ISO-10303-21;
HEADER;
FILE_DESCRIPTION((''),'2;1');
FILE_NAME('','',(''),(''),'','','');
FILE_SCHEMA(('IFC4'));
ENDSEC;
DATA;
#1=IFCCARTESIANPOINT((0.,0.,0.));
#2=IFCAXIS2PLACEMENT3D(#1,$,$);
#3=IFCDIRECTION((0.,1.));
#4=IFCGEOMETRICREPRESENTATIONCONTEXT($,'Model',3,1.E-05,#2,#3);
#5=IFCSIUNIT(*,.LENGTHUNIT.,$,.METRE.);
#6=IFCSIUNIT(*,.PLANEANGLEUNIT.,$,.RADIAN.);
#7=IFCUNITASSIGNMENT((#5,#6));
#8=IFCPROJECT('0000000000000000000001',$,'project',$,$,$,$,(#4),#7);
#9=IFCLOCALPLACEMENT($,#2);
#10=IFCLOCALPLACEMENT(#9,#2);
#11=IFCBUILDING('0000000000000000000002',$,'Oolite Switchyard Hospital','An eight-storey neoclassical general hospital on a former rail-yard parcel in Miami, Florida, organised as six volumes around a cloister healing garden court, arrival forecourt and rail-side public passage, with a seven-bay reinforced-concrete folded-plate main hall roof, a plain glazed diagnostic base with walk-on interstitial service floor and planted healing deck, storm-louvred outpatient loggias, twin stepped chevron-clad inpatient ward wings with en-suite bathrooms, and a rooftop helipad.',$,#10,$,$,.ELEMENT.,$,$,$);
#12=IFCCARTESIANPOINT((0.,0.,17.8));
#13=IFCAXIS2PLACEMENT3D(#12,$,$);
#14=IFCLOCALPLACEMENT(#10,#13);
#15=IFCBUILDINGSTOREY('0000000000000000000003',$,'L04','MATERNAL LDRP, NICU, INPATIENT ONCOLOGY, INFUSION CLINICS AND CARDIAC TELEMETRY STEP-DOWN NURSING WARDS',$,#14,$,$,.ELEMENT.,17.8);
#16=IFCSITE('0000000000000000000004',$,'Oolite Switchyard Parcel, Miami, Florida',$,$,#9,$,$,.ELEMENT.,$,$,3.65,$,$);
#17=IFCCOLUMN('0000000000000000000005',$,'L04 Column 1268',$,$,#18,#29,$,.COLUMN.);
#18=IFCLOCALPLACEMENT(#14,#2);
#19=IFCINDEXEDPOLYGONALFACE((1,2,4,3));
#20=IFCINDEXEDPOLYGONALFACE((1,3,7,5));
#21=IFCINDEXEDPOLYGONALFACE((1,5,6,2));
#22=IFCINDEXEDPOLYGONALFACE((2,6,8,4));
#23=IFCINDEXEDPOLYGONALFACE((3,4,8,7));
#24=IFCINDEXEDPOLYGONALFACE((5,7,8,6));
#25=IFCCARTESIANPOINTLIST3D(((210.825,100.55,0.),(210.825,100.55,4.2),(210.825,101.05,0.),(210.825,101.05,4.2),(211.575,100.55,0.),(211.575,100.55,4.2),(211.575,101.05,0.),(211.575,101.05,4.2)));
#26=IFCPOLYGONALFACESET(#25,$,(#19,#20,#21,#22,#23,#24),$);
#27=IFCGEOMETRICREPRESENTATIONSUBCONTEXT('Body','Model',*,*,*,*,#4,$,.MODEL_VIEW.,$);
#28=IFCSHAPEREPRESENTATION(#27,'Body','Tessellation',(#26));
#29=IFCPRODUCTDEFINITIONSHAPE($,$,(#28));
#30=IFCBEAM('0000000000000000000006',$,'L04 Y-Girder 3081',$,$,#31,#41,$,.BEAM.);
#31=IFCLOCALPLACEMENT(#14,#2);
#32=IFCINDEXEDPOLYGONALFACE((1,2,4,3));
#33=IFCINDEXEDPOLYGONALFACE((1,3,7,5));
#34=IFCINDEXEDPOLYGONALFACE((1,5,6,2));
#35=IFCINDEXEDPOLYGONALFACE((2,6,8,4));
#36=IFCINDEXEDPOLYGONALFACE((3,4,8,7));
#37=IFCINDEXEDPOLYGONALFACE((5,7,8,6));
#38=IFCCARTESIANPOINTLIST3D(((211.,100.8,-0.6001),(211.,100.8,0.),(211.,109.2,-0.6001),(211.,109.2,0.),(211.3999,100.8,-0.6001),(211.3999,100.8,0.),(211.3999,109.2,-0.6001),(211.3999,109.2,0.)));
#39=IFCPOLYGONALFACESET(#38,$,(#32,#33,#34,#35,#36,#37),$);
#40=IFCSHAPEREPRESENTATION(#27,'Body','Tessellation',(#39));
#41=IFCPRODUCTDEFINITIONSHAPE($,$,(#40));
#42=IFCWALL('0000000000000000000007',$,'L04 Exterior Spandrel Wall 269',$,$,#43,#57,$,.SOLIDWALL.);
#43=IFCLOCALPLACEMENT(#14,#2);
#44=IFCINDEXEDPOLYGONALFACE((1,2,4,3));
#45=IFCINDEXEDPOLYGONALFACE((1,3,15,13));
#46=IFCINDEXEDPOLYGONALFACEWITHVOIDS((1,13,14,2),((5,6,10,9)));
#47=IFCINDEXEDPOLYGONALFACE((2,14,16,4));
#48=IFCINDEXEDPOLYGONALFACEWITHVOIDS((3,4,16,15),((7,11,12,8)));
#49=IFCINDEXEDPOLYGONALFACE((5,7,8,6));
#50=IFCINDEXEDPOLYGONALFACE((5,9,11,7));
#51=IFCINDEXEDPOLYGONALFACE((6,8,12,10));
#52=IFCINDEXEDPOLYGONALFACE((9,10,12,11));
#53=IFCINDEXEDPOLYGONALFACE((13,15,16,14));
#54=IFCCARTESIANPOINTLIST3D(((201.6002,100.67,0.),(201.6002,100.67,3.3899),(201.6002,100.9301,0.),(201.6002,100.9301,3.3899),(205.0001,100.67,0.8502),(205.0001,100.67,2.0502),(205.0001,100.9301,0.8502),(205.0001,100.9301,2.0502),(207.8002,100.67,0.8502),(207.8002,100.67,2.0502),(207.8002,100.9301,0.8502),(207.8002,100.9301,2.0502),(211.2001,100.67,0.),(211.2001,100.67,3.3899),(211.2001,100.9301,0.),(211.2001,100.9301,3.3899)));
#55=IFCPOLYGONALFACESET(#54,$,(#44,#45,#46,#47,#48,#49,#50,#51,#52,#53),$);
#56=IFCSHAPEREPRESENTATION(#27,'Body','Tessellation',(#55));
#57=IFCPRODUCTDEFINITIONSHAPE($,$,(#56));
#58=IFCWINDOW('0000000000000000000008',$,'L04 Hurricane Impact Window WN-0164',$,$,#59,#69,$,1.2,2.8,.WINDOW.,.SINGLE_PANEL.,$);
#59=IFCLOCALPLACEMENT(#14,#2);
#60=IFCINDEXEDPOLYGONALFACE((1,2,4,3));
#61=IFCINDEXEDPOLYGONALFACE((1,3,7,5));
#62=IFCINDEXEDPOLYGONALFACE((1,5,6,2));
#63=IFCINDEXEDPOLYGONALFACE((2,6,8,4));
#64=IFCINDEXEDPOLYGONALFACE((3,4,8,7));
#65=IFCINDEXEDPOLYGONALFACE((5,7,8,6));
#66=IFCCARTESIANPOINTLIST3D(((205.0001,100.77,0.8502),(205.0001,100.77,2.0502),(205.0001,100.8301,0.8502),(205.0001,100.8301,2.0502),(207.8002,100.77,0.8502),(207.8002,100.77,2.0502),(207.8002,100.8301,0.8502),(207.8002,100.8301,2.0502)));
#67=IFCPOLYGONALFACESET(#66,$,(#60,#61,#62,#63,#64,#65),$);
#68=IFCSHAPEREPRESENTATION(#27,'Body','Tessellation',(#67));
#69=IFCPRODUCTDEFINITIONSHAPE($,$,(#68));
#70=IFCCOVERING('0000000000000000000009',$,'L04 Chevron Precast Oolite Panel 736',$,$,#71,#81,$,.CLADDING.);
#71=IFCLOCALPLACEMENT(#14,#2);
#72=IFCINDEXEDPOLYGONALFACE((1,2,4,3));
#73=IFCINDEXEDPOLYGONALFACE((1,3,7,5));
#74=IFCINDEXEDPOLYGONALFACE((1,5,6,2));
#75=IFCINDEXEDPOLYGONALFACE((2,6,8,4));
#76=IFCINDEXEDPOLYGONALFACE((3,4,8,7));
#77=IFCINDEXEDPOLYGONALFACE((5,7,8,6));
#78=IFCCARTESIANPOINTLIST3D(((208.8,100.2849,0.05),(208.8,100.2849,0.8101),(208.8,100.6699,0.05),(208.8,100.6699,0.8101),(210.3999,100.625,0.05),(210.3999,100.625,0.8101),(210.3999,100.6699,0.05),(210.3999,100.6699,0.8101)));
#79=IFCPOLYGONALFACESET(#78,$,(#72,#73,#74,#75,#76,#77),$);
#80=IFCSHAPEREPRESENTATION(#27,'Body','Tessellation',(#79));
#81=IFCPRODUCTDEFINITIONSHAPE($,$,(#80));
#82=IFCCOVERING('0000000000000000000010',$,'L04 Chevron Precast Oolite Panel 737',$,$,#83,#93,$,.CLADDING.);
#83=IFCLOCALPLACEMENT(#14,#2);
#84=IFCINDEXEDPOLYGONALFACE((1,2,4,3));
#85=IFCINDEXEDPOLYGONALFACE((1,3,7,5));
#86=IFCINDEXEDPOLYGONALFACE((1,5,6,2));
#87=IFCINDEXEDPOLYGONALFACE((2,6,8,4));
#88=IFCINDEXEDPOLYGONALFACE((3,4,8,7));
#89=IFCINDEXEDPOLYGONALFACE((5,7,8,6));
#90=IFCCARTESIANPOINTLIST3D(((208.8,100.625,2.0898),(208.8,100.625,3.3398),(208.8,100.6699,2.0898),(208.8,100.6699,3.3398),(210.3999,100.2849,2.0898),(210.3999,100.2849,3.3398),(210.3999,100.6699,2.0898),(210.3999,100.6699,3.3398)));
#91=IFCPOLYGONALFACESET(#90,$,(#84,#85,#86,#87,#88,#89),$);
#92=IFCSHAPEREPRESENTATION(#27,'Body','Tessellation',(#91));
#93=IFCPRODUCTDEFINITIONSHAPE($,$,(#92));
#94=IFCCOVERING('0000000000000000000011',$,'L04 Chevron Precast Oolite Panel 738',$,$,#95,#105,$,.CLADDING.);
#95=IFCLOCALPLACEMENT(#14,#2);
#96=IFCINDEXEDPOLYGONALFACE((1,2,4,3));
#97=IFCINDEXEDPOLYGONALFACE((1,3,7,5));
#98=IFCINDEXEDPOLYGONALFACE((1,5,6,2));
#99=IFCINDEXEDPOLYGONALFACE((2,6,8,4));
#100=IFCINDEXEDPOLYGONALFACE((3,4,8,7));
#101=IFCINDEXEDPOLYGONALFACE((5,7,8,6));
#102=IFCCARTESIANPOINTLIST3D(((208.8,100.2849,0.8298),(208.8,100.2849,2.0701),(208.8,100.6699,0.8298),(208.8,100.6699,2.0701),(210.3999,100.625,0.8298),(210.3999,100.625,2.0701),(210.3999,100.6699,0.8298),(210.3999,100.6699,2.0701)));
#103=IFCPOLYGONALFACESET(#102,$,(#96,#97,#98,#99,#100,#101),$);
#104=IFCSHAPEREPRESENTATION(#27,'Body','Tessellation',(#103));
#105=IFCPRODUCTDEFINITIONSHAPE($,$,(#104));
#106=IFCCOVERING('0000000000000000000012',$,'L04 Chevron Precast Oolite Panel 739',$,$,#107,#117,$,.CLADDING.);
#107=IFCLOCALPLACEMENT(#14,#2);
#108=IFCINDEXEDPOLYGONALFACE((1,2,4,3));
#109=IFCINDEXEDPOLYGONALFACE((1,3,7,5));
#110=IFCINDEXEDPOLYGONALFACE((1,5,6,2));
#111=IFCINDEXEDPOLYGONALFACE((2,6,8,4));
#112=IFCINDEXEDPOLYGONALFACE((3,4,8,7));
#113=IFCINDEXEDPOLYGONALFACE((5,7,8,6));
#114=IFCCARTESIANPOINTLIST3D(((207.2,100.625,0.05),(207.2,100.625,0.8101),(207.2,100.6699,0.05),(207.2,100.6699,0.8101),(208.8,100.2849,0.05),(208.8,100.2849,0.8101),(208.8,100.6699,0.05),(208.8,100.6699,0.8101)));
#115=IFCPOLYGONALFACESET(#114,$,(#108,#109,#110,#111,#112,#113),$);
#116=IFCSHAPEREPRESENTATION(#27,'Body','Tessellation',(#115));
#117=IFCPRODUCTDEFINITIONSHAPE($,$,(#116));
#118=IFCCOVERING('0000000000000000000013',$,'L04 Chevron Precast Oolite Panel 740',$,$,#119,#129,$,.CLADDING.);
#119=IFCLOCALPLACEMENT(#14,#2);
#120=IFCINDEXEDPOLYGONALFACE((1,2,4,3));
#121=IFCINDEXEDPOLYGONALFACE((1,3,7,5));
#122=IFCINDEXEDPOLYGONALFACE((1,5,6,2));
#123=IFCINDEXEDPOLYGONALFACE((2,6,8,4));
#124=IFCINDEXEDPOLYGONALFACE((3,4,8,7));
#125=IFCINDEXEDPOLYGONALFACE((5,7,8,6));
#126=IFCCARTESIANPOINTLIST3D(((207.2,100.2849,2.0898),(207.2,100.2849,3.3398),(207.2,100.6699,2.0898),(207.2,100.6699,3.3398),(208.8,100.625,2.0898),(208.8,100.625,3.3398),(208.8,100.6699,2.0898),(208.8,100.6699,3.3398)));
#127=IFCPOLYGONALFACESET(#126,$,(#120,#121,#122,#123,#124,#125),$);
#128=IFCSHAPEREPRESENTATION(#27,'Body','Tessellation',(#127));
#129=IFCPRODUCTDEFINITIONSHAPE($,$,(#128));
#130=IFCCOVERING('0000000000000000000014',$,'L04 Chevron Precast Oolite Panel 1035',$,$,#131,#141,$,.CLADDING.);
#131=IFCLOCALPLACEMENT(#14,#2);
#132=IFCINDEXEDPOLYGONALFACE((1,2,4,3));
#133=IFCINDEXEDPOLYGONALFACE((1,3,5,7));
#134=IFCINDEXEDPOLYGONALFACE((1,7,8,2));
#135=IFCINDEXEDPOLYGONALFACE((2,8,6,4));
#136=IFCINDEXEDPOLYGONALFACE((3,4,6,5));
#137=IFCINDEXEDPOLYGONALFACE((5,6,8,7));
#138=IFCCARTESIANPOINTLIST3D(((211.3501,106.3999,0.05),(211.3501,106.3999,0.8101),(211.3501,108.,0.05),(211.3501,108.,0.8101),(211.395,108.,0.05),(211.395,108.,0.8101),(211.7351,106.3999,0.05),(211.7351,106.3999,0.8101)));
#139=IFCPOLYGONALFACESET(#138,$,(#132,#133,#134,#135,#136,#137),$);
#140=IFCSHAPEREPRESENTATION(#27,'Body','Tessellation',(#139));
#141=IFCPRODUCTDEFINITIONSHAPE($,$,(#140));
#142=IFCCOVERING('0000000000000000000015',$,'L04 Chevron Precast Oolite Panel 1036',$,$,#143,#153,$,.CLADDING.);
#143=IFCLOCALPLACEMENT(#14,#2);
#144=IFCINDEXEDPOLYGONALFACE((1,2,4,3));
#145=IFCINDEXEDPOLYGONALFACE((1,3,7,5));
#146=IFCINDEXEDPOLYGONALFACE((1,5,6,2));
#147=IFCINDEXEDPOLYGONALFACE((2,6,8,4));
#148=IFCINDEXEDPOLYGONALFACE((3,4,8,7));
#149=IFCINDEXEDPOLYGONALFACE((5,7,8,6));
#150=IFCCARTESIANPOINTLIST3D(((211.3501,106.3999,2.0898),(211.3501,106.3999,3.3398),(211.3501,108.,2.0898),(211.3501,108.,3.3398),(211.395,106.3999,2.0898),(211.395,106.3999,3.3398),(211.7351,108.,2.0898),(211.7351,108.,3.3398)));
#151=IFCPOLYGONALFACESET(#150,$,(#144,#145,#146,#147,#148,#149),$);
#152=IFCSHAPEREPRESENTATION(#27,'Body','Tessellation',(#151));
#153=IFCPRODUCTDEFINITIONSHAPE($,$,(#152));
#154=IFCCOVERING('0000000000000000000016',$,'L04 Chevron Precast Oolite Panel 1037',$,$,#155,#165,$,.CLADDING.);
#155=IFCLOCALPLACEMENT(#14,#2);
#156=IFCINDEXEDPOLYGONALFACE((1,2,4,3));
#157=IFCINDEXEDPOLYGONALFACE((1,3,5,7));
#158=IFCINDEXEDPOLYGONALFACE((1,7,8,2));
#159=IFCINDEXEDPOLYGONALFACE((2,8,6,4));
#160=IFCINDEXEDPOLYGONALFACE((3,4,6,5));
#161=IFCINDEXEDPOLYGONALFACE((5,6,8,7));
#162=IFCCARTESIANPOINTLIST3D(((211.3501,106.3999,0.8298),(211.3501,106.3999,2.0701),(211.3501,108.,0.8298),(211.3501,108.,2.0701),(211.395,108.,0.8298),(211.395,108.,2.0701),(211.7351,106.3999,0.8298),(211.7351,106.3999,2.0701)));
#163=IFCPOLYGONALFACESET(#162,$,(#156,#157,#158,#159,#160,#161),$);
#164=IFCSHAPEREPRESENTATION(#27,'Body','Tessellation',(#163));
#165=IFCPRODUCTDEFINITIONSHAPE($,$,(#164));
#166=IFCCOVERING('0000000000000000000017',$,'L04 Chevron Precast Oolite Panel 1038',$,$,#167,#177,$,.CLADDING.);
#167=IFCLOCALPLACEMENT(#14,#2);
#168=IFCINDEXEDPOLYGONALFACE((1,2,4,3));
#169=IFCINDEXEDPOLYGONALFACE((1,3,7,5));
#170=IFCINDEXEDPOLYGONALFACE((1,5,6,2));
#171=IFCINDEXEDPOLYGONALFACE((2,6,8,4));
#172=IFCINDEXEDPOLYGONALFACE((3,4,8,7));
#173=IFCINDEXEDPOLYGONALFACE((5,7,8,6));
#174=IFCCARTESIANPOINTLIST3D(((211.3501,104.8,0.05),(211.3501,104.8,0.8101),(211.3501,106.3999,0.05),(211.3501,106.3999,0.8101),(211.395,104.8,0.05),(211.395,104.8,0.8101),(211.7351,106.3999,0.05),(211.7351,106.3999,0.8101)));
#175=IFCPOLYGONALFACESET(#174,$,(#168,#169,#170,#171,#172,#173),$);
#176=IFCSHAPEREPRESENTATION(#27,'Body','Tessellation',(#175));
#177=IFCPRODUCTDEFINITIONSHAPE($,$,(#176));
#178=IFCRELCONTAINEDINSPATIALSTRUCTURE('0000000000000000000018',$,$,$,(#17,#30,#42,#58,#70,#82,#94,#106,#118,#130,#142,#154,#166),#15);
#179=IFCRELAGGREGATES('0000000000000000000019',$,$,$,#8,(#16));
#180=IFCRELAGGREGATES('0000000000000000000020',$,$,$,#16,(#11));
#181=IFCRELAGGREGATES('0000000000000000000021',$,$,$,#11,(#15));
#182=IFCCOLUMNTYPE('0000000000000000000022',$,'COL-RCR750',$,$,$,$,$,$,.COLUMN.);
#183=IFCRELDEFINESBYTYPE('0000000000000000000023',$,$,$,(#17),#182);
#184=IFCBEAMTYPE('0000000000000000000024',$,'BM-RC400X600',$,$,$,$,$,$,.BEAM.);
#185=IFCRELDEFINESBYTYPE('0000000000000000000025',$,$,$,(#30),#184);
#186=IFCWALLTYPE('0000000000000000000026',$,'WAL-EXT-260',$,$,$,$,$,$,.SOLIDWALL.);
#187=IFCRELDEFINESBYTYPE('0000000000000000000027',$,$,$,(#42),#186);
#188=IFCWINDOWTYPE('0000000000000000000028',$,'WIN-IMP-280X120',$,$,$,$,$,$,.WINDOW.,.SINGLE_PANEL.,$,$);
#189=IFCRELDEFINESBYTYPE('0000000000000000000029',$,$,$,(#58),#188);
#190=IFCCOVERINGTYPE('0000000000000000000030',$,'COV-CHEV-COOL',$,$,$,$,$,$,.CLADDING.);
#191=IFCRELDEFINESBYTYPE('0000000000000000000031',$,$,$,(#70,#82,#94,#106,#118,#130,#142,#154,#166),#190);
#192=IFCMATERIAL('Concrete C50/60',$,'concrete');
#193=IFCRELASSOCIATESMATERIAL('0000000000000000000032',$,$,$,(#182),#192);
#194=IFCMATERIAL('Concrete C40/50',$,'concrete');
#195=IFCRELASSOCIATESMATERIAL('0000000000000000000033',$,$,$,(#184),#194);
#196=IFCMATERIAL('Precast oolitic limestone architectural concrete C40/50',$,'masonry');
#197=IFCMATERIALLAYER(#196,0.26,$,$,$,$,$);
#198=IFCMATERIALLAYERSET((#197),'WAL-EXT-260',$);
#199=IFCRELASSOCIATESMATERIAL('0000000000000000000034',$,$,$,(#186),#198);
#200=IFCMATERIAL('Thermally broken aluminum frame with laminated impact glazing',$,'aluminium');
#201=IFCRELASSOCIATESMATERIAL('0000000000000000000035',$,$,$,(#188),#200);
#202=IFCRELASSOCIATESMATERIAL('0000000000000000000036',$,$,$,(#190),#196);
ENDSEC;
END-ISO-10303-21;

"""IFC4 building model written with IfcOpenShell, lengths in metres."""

from ifc_helpers import new_model, si_unit, direction, frame, frame_2d, origin, origin_2d, place, context, subcontext, project, spatial, polyline, rectangle, outline, extrude, material, layer, layer_set, material_profile, profile_set, type_object, element, fill, save


model = new_model("IFC4")

# Units and contexts
model_context = context("Model", 3, precision=1e-05, world=origin(), true_north=direction((0.0, 1.0)))
body_context = subcontext(model_context, "Body", "Model", "MODEL_VIEW")
ifc_project = project(units=[si_unit("LENGTHUNIT", "METRE"), si_unit("PLANEANGLEUNIT", "RADIAN")], contexts=[model_context])

# Site, building, storey
site_placement = place(None, origin())
site = spatial("IfcSite", under=ifc_project, at=site_placement, Name="Oolite Switchyard Parcel, Miami, Florida", CompositionType="ELEMENT", RefElevation=3.65)
building_placement = place(site_placement, origin())
building = spatial("IfcBuilding", under=site, at=building_placement, Name="Oolite Switchyard Hospital", Description="An eight-storey neoclassical general hospital on a former rail-yard parcel in Miami, Florida, organised as six volumes around a cloister healing garden court, arrival forecourt and rail-side public passage, with a seven-bay reinforced-concrete folded-plate main hall roof, a plain glazed diagnostic base with walk-on interstitial service floor and planted healing deck, storm-louvred outpatient loggias, twin stepped chevron-clad inpatient ward wings with en-suite bathrooms, and a rooftop helipad.", CompositionType="ELEMENT")
storey_placement = place(building_placement, frame((0.0, 0.0, 17.8)))
storey = spatial("IfcBuildingStorey", under=building, at=storey_placement, Name="L04", Description="MATERNAL LDRP, NICU, INPATIENT ONCOLOGY, INFUSION CLINICS AND CARDIAC TELEMETRY STEP-DOWN NURSING WARDS", CompositionType="ELEMENT", Elevation=17.8)

# Column
ifc_material_1 = material(Name="Concrete C50/60", Category="concrete")
ifc_material_profile_1 = material_profile(ifc_material_1, rectangle(XDim=0.75, YDim=0.5, at=origin_2d()), Name="RC750X500")
ifc_profile_set_1 = profile_set([ifc_material_profile_1], Name="Concrete C50/60")
column_type = type_object("IfcColumnType", Name="COL-RCR750", PredefinedType="COLUMN", material=ifc_profile_set_1)
column_placement = place(storey_placement, frame((211.2, 100.8, 0.0), z_axis=(0.0, 0.0, 1.0), x_axis=(1.0, 0.0, 0.0)))
element("IfcColumn", 1, at=column_placement, inside=storey, type_object=column_type, Name="L04 Column 1268", PredefinedType="COLUMN", context=body_context, shape_type="SweptSolid", body=[
    extrude(rectangle(XDim=0.75, YDim=0.5, at=origin_2d()), origin(), (0.0, 0.0, 1.0), 4.2),
])

# Beam
ifc_material_2 = material(Name="Concrete C40/50", Category="concrete")
ifc_material_profile_2 = material_profile(ifc_material_2, rectangle(XDim=0.3999, YDim=0.6001, at=origin_2d()), Name="RCB400X600")
ifc_profile_set_2 = profile_set([ifc_material_profile_2], Name="Concrete C40/50")
beam_type = type_object("IfcBeamType", Name="BM-RC400X600", PredefinedType="BEAM", material=ifc_profile_set_2)
beam_placement = place(storey_placement, frame((211.2, 100.8, -0.3), z_axis=(0.0, 1.0, 0.0), x_axis=(-1.0, 0.0, 0.0)))
element("IfcBeam", 2, at=beam_placement, inside=storey, type_object=beam_type, Name="L04 Y-Girder 3081", PredefinedType="BEAM", context=body_context, shape_type="SweptSolid", body=[
    extrude(rectangle(XDim=0.3999, YDim=0.6001, at=origin_2d()), origin(), (0.0, 0.0, 1.0), 8.3999),
])

# Wall, opening, window
ifc_material_3 = material(Name="Precast oolitic limestone architectural concrete C40/50", Category="masonry")
ifc_layer = layer(ifc_material_3, 0.26)
ifc_layer_set = layer_set([ifc_layer], Name="WAL-EXT-260")
wall_type = type_object("IfcWallType", Name="WAL-EXT-260", PredefinedType="SOLIDWALL", material=ifc_layer_set)
wall_placement = place(storey_placement, frame((211.2, 100.8, 0.0), z_axis=(0.0, 0.0, 1.0), x_axis=(-1.0, 0.0, 0.0)))
wall = element("IfcWall", 3, at=wall_placement, inside=storey, type_object=wall_type, Name="L04 Exterior Spandrel Wall 269", PredefinedType="SOLIDWALL", context=body_context, shape_type="SweptSolid", body=[
    extrude(rectangle(XDim=9.5999, YDim=0.26, at=frame_2d((4.7998, 0.0))), origin(), (0.0, 0.0, 1.0), 3.3899),
])
opening_placement = place(wall_placement, frame((3.3999, 0.0, 0.8501)))
opening = element("IfcOpeningElement", 4, at=opening_placement, cuts=wall, PredefinedType="OPENING", context=body_context, shape_type="SweptSolid", body=[
    extrude(rectangle(XDim=2.8, YDim=1.2, at=frame_2d((1.3999, 0.6001))), frame((0.0, 0.1401, 0.0), z_axis=(0.0, -1.0, 0.0), x_axis=(1.0, 0.0, 0.0)), (0.0, 0.0, 1.0), 0.28),
])
ifc_material_4 = material(Name="Thermally broken aluminum frame with laminated impact glazing", Category="aluminium")
window_type = type_object("IfcWindowType", Name="WIN-IMP-280X120", PartitioningType="SINGLE_PANEL", PredefinedType="WINDOW", material=ifc_material_4)
window_placement = place(opening_placement, origin())
window = element("IfcWindow", 5, at=window_placement, inside=storey, type_object=window_type, Name="L04 Hurricane Impact Window WN-0164", OverallHeight=1.2, OverallWidth=2.8, PartitioningType="SINGLE_PANEL", PredefinedType="WINDOW", context=body_context, shape_type="SweptSolid", body=[
    extrude(rectangle(XDim=2.8, YDim=1.2, at=frame_2d((1.3999, 0.6001))), frame((0.0, 0.03, 0.0), z_axis=(0.0, -1.0, 0.0), x_axis=(1.0, 0.0, 0.0)), (0.0, 0.0, 1.0), 0.0601),
])
fill(opening, window)

# Coverings
covering_type = type_object("IfcCoveringType", Name="COV-CHEV-COOL", PredefinedType="CLADDING", material=ifc_material_3)
covering_1_placement = place(storey_placement, frame((210.3999, 100.6699, 0.05), z_axis=(0.0, 0.0, 1.0), x_axis=(-1.0, 0.0, 0.0)))
element("IfcCovering", 6, at=covering_1_placement, inside=storey, type_object=covering_type, Name="L04 Chevron Precast Oolite Panel 736", PredefinedType="CLADDING", context=body_context, shape_type="SweptSolid", body=[
    extrude(outline(polyline([(0.0, 0.0), (1.5999, 0.0), (1.5999, 0.385), (0.0, 0.0449), (0.0, 0.0)])), origin(), (0.0, 0.0, 1.0), 0.76),
])
covering_2_placement = place(storey_placement, frame((210.3999, 100.6699, 2.0898), z_axis=(0.0, 0.0, 1.0), x_axis=(-1.0, 0.0, 0.0)))
element("IfcCovering", 7, at=covering_2_placement, inside=storey, type_object=covering_type, Name="L04 Chevron Precast Oolite Panel 737", PredefinedType="CLADDING", context=body_context, shape_type="SweptSolid", body=[
    extrude(outline(polyline([(0.0, 0.0), (1.5999, 0.0), (1.5999, 0.0449), (0.0, 0.385), (0.0, 0.0)])), origin(), (0.0, 0.0, 1.0), 1.25),
])
covering_3_placement = place(storey_placement, frame((210.3999, 100.6699, 0.8298), z_axis=(0.0, 0.0, 1.0), x_axis=(-1.0, 0.0, 0.0)))
element("IfcCovering", 8, at=covering_3_placement, inside=storey, type_object=covering_type, Name="L04 Chevron Precast Oolite Panel 738", PredefinedType="CLADDING", context=body_context, shape_type="SweptSolid", body=[
    extrude(outline(polyline([(0.0, 0.0), (1.5999, 0.0), (1.5999, 0.385), (0.0, 0.0449), (0.0, 0.0)])), origin(), (0.0, 0.0, 1.0), 1.2402),
])
covering_4_placement = place(storey_placement, frame((208.8, 100.6699, 0.05), z_axis=(0.0, 0.0, 1.0), x_axis=(-1.0, 0.0, 0.0)))
element("IfcCovering", 9, at=covering_4_placement, inside=storey, type_object=covering_type, Name="L04 Chevron Precast Oolite Panel 739", PredefinedType="CLADDING", context=body_context, shape_type="SweptSolid", body=[
    extrude(outline(polyline([(0.0, 0.0), (1.6001, 0.0), (1.6001, 0.0449), (0.0, 0.385), (0.0, 0.0)])), origin(), (0.0, 0.0, 1.0), 0.76),
])
covering_5_placement = place(storey_placement, frame((208.8, 100.6699, 2.0898), z_axis=(0.0, 0.0, 1.0), x_axis=(-1.0, 0.0, 0.0)))
element("IfcCovering", 10, at=covering_5_placement, inside=storey, type_object=covering_type, Name="L04 Chevron Precast Oolite Panel 740", PredefinedType="CLADDING", context=body_context, shape_type="SweptSolid", body=[
    extrude(outline(polyline([(0.0, 0.0), (1.6001, 0.0), (1.6001, 0.385), (0.0, 0.0449), (0.0, 0.0)])), origin(), (0.0, 0.0, 1.0), 1.25),
])
covering_6_placement = place(storey_placement, frame((211.3501, 108.0, 0.05), z_axis=(0.0, 0.0, 1.0), x_axis=(0.0, -1.0, 0.0)))
element("IfcCovering", 11, at=covering_6_placement, inside=storey, type_object=covering_type, Name="L04 Chevron Precast Oolite Panel 1035", PredefinedType="CLADDING", context=body_context, shape_type="SweptSolid", body=[
    extrude(outline(polyline([(0.0, 0.0), (1.6001, 0.0), (1.6001, 0.385), (0.0, 0.0449), (0.0, 0.0)])), origin(), (0.0, 0.0, 1.0), 0.76),
])
covering_7_placement = place(storey_placement, frame((211.3501, 108.0, 2.0898), z_axis=(0.0, 0.0, 1.0), x_axis=(0.0, -1.0, 0.0)))
element("IfcCovering", 12, at=covering_7_placement, inside=storey, type_object=covering_type, Name="L04 Chevron Precast Oolite Panel 1036", PredefinedType="CLADDING", context=body_context, shape_type="SweptSolid", body=[
    extrude(outline(polyline([(0.0, 0.0), (1.6001, 0.0), (1.6001, 0.0449), (0.0, 0.385), (0.0, 0.0)])), origin(), (0.0, 0.0, 1.0), 1.25),
])
covering_8_placement = place(storey_placement, frame((211.3501, 108.0, 0.8298), z_axis=(0.0, 0.0, 1.0), x_axis=(0.0, -1.0, 0.0)))
element("IfcCovering", 13, at=covering_8_placement, inside=storey, type_object=covering_type, Name="L04 Chevron Precast Oolite Panel 1037", PredefinedType="CLADDING", context=body_context, shape_type="SweptSolid", body=[
    extrude(outline(polyline([(0.0, 0.0), (1.6001, 0.0), (1.6001, 0.385), (0.0, 0.0449), (0.0, 0.0)])), origin(), (0.0, 0.0, 1.0), 1.2402),
])
covering_9_placement = place(storey_placement, frame((211.3501, 106.3999, 0.05), z_axis=(0.0, 0.0, 1.0), x_axis=(0.0, -1.0, 0.0)))
element("IfcCovering", 14, at=covering_9_placement, inside=storey, type_object=covering_type, Name="L04 Chevron Precast Oolite Panel 1038", PredefinedType="CLADDING", context=body_context, shape_type="SweptSolid", body=[
    extrude(outline(polyline([(0.0, 0.0), (1.5999, 0.0), (1.5999, 0.0449), (0.0, 0.385), (0.0, 0.0)])), origin(), (0.0, 0.0, 1.0), 0.76),
])

save(model, "model.ifc")
